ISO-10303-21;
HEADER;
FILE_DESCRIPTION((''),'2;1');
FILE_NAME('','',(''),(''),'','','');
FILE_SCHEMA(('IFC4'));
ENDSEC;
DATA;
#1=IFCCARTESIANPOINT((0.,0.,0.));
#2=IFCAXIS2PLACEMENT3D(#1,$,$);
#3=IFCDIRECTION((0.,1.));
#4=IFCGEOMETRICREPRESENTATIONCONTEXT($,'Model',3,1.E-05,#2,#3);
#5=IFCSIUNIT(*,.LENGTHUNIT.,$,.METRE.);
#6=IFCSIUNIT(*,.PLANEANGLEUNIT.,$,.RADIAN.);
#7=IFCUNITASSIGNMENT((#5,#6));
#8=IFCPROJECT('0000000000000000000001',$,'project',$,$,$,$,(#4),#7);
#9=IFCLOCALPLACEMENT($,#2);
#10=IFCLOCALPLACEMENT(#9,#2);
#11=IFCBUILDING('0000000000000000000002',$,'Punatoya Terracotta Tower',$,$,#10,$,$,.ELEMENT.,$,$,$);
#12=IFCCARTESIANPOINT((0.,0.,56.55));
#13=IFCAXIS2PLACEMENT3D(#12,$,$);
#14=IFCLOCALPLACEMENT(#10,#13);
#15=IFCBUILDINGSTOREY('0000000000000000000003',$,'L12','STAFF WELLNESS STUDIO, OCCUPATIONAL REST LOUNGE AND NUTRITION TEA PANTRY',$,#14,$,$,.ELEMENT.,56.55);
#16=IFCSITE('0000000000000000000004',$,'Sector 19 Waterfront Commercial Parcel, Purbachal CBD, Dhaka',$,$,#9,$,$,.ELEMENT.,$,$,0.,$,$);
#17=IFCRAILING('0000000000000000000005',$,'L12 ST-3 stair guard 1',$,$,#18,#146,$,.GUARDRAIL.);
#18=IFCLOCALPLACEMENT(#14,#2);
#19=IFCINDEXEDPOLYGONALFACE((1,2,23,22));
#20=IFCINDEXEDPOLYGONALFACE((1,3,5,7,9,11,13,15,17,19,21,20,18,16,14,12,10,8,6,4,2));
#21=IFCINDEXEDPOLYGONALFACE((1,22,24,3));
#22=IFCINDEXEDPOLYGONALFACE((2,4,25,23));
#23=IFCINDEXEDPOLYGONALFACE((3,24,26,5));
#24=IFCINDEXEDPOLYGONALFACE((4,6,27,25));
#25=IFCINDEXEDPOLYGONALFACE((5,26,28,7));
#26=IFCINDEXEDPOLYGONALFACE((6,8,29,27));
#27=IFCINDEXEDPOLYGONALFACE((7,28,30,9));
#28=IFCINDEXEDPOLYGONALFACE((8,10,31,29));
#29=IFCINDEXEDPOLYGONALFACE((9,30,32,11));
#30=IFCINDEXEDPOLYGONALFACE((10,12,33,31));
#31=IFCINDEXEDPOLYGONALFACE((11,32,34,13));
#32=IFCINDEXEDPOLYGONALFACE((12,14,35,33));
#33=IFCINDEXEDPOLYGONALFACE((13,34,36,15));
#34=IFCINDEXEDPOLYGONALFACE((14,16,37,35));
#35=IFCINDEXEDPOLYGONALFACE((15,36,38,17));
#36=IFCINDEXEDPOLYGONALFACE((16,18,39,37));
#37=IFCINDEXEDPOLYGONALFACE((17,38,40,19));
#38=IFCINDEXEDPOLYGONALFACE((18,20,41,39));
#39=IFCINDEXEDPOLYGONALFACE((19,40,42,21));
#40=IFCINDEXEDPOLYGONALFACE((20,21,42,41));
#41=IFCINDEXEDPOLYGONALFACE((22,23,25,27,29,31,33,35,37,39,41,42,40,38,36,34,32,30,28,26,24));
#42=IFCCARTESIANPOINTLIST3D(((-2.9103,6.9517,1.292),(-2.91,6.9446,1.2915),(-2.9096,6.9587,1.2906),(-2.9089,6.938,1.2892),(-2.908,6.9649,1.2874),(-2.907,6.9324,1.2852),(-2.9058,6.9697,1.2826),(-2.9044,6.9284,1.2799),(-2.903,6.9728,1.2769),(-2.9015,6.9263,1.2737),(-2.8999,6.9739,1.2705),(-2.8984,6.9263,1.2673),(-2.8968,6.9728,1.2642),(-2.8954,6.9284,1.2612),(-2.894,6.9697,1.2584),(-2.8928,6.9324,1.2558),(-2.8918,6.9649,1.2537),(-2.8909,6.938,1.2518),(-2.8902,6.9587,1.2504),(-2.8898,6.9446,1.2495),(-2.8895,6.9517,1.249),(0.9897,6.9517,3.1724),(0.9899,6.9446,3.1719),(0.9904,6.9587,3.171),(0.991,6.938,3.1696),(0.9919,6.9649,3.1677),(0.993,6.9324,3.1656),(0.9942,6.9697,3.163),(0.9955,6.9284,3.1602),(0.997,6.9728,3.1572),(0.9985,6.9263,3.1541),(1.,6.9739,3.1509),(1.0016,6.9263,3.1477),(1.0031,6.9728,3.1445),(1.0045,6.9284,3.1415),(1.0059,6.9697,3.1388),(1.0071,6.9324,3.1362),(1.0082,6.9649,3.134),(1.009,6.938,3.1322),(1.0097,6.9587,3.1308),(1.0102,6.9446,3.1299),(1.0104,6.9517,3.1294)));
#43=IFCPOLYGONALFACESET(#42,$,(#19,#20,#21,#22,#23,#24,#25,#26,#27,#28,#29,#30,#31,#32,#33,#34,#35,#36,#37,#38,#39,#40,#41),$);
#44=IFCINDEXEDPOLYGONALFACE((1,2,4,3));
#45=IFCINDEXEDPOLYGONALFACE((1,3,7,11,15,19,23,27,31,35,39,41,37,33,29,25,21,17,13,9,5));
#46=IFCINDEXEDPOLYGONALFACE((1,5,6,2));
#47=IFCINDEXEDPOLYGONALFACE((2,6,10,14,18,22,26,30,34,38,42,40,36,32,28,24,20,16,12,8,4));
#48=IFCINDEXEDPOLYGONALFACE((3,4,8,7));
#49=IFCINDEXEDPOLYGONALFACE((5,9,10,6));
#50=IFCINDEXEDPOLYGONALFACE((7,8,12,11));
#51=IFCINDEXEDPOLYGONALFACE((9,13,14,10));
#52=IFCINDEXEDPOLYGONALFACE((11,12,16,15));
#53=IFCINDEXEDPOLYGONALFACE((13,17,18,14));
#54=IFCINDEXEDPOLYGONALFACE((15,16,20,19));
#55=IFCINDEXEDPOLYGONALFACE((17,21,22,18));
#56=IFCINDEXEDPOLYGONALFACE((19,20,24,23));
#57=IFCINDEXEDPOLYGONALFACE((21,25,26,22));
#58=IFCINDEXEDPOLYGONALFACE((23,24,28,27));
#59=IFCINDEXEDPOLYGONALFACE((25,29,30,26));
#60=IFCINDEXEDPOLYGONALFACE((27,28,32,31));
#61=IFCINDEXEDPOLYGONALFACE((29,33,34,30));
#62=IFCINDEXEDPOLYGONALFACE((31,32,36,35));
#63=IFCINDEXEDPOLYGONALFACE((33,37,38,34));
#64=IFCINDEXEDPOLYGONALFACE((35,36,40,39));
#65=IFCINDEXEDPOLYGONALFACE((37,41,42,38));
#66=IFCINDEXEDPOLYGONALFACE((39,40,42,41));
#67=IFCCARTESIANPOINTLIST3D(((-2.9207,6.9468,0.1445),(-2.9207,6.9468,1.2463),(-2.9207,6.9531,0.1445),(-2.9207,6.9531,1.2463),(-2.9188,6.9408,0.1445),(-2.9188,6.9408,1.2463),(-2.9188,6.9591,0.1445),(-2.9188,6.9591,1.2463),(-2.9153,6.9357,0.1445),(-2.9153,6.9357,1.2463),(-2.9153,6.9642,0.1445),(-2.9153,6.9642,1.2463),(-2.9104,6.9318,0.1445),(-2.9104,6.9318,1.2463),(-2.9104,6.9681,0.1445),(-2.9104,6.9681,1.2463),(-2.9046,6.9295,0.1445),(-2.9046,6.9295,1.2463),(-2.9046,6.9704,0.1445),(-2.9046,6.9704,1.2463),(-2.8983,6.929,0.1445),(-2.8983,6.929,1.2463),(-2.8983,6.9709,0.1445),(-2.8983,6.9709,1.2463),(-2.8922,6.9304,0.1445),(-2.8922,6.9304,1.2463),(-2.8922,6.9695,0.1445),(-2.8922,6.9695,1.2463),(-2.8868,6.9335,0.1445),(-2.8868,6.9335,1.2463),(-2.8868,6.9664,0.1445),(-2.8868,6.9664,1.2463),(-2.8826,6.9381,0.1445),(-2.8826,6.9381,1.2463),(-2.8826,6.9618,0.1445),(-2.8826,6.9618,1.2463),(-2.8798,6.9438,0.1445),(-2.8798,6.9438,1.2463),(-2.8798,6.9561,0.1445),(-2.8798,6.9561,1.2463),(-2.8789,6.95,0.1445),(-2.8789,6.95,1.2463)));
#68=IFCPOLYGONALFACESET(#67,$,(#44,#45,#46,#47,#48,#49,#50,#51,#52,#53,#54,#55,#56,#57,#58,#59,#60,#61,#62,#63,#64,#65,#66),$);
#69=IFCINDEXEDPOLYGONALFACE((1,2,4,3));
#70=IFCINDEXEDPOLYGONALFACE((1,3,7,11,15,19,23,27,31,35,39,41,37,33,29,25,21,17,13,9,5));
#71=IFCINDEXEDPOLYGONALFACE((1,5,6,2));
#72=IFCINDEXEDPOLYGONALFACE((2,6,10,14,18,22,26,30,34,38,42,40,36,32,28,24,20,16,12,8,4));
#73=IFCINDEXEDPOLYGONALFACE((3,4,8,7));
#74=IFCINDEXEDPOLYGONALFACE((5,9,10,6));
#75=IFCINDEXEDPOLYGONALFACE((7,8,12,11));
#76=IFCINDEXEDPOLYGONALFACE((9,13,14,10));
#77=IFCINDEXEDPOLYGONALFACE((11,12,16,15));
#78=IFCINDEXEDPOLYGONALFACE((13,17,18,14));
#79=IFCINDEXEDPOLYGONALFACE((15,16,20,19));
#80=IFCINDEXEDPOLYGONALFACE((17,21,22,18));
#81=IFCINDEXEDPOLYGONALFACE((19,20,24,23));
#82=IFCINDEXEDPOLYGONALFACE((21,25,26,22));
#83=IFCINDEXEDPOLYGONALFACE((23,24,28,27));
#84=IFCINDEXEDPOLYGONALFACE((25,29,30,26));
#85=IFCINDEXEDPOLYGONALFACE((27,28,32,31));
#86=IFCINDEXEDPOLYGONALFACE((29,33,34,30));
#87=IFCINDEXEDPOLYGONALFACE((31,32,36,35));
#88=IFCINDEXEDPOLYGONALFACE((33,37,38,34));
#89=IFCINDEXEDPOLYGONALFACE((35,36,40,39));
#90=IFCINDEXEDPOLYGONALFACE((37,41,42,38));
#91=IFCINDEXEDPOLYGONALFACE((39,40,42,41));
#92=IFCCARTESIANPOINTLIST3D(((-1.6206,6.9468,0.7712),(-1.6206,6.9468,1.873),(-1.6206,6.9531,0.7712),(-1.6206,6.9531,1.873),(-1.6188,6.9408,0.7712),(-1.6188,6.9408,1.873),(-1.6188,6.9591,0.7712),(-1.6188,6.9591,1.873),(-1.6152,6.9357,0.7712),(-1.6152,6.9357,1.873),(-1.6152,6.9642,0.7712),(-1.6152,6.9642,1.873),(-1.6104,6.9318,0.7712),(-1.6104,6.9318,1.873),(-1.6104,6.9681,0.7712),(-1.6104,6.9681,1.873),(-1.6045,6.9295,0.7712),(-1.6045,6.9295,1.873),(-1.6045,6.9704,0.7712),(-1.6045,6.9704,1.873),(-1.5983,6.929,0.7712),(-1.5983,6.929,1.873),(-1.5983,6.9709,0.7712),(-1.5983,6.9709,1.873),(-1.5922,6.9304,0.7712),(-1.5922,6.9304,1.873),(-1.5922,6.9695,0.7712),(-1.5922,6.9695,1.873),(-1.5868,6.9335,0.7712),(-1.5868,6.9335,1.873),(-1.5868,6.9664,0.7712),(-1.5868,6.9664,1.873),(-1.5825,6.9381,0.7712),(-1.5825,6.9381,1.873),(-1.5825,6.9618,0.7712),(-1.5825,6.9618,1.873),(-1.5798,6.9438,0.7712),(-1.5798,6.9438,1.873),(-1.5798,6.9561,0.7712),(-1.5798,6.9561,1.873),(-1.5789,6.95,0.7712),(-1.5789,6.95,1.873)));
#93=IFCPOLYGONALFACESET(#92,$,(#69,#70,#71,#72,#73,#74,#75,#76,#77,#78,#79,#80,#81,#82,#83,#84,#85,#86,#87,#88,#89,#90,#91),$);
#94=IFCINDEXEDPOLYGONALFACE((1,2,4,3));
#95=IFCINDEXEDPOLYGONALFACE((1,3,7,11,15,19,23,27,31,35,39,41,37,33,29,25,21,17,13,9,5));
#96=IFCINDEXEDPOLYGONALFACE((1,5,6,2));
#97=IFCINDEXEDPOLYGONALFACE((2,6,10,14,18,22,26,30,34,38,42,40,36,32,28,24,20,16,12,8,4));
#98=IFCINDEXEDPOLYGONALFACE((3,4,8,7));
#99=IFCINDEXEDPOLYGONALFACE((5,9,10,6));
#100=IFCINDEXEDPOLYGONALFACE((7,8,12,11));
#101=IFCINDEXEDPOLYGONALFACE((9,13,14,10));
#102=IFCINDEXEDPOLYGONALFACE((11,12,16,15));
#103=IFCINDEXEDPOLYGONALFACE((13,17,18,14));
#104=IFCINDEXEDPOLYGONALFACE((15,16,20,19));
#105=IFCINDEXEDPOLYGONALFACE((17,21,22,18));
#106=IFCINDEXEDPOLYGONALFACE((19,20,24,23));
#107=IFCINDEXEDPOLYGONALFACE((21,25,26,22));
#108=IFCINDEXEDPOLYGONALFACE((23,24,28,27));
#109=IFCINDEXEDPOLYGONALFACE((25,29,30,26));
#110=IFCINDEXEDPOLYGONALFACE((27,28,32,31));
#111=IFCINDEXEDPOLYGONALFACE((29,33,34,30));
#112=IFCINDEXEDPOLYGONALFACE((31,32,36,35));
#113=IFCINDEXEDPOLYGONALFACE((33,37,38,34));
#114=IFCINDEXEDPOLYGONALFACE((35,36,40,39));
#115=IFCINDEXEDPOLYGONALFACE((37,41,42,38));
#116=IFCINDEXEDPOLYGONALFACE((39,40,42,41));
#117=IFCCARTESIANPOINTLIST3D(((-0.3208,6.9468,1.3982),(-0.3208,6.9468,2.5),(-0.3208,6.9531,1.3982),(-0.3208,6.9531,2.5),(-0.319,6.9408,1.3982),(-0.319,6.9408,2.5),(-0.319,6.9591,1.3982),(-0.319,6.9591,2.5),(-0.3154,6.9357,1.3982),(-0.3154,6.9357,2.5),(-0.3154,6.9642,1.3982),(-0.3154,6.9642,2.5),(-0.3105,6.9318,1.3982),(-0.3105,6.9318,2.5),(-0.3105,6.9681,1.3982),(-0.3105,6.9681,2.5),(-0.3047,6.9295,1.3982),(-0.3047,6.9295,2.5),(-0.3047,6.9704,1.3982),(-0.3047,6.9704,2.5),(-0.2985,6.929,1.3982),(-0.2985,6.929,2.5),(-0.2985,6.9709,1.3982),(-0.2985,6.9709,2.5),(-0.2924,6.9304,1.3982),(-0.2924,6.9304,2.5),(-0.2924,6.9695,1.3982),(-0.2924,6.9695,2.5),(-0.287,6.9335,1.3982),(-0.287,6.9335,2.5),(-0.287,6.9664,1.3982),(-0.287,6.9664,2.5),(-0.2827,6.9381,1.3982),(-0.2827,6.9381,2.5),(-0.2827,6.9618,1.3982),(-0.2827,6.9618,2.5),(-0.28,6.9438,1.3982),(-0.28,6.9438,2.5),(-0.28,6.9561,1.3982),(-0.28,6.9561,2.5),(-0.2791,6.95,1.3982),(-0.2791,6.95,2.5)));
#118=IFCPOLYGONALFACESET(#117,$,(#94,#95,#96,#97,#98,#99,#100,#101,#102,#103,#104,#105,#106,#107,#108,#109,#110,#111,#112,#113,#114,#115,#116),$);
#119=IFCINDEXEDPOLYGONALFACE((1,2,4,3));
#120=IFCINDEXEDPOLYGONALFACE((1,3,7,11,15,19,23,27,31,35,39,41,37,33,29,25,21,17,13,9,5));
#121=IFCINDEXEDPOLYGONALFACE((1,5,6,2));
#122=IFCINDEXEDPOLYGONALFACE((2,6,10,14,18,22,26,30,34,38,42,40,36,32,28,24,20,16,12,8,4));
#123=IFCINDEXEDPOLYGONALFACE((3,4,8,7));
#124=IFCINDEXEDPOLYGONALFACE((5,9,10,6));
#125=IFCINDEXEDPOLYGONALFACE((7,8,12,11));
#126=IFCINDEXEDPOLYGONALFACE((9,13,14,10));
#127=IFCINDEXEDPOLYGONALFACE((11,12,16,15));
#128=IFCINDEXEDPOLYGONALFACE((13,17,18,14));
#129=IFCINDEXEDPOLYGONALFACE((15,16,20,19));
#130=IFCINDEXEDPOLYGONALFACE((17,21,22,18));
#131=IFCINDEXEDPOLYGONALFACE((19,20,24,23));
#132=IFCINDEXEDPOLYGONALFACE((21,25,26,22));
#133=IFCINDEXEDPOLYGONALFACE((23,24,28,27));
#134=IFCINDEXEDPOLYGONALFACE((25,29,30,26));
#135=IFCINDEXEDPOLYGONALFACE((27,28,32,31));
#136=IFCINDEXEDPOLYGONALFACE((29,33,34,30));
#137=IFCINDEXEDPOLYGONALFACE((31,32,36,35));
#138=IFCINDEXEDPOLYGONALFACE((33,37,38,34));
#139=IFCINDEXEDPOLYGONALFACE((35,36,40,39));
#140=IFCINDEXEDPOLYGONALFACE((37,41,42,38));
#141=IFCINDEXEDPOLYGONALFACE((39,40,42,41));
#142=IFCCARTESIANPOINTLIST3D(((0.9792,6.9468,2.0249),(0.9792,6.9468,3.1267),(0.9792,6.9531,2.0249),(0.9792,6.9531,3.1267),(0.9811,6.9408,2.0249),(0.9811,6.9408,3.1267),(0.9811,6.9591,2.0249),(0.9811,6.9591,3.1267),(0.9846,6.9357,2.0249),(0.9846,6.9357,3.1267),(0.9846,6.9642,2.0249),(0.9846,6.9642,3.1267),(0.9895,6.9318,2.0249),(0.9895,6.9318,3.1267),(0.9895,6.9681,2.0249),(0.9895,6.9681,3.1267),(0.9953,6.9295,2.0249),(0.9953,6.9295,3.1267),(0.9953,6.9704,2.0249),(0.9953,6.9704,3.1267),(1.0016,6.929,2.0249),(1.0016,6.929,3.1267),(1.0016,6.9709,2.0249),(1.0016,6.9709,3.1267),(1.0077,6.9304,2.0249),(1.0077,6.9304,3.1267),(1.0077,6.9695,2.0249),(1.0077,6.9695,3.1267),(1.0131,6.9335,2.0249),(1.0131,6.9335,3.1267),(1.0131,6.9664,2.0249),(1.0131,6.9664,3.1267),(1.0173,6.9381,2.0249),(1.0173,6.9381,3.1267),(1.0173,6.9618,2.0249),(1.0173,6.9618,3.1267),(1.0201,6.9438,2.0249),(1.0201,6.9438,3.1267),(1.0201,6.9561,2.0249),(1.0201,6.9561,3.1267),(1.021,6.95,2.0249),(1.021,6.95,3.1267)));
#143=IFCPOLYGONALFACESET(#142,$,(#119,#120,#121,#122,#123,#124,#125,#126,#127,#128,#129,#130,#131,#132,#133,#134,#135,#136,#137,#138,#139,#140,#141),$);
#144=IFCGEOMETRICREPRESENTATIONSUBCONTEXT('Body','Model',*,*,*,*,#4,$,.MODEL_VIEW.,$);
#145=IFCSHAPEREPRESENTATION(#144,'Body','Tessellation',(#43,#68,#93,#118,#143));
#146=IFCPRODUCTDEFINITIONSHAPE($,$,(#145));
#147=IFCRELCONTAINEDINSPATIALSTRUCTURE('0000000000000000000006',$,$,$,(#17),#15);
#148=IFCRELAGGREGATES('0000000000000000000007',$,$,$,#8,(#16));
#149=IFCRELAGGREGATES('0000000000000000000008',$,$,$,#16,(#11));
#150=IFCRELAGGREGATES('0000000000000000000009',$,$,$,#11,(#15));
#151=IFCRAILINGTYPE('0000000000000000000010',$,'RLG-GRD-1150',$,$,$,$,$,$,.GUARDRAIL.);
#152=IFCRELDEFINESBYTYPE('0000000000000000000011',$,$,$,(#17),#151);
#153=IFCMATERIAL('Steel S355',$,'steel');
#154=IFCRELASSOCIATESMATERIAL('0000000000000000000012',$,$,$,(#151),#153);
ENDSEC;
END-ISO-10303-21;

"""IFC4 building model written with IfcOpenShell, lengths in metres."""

from ifc_helpers import new_model, si_unit, direction, frame, origin, origin_2d, place, context, subcontext, project, spatial, circle, extrude, material, type_object, element, save


model = new_model("IFC4")

# Units and contexts
model_context = context("Model", 3, precision=1e-05, world=origin(), true_north=direction((0.0, 1.0)))
body_context = subcontext(model_context, "Body", "Model", "MODEL_VIEW")
ifc_project = project(units=[si_unit("LENGTHUNIT", "METRE"), si_unit("PLANEANGLEUNIT", "RADIAN")], contexts=[model_context])

# Site, building, storey
site_placement = place(None, origin())
site = spatial("IfcSite", under=ifc_project, at=site_placement, Name="Sector 19 Waterfront Commercial Parcel, Purbachal CBD, Dhaka", CompositionType="ELEMENT", RefElevation=0.0)
building_placement = place(site_placement, origin())
building = spatial("IfcBuilding", under=site, at=building_placement, Name="Punatoya Terracotta Tower", CompositionType="ELEMENT")
storey_placement = place(building_placement, frame((0.0, 0.0, 56.55)))
storey = spatial("IfcBuildingStorey", under=building, at=storey_placement, Name="L12", Description="STAFF WELLNESS STUDIO, OCCUPATIONAL REST LOUNGE AND NUTRITION TEA PANTRY", CompositionType="ELEMENT", Elevation=56.55)

# Shared definitions
ifc_material_1 = material(Name="Steel S355", Category="steel")

# Railing
railing_type_1 = type_object("IfcRailingType", Name="RLG-GRD-1150", PredefinedType="GUARDRAIL", material=ifc_material_1)
railing_1_placement = place(storey_placement, frame((-2.8999, 6.95, 0.1445)))
element("IfcRailing", 1, at=railing_1_placement, inside=storey, type_object=railing_type_1, Name="L12 ST-3 stair guard 1", PredefinedType="GUARDRAIL", context=body_context, shape_type="SweptSolid", body=[
    extrude(circle(Radius=0.0239, at=origin_2d()), frame((0.0, 0.0, 1.126), z_axis=(0.900763, 0.0, 0.434311), x_axis=(0.0, 1.0, 0.0)), (0.0, 0.0, 1.0), 4.3296),
    extrude(circle(Radius=0.021, at=origin_2d()), origin(), (0.0, 0.0, 1.0), 1.1018),
    extrude(circle(Radius=0.021, at=origin_2d()), frame((1.3, 0.0, 0.6267)), (0.0, 0.0, 1.0), 1.1018),
    extrude(circle(Radius=0.021, at=origin_2d()), frame((2.5999, 0.0, 1.2537)), (0.0, 0.0, 1.0), 1.1018),
    extrude(circle(Radius=0.021, at=origin_2d()), frame((3.8999, 0.0, 1.8804)), (0.0, 0.0, 1.0), 1.1018),
])

save(model, "model.ifc")
